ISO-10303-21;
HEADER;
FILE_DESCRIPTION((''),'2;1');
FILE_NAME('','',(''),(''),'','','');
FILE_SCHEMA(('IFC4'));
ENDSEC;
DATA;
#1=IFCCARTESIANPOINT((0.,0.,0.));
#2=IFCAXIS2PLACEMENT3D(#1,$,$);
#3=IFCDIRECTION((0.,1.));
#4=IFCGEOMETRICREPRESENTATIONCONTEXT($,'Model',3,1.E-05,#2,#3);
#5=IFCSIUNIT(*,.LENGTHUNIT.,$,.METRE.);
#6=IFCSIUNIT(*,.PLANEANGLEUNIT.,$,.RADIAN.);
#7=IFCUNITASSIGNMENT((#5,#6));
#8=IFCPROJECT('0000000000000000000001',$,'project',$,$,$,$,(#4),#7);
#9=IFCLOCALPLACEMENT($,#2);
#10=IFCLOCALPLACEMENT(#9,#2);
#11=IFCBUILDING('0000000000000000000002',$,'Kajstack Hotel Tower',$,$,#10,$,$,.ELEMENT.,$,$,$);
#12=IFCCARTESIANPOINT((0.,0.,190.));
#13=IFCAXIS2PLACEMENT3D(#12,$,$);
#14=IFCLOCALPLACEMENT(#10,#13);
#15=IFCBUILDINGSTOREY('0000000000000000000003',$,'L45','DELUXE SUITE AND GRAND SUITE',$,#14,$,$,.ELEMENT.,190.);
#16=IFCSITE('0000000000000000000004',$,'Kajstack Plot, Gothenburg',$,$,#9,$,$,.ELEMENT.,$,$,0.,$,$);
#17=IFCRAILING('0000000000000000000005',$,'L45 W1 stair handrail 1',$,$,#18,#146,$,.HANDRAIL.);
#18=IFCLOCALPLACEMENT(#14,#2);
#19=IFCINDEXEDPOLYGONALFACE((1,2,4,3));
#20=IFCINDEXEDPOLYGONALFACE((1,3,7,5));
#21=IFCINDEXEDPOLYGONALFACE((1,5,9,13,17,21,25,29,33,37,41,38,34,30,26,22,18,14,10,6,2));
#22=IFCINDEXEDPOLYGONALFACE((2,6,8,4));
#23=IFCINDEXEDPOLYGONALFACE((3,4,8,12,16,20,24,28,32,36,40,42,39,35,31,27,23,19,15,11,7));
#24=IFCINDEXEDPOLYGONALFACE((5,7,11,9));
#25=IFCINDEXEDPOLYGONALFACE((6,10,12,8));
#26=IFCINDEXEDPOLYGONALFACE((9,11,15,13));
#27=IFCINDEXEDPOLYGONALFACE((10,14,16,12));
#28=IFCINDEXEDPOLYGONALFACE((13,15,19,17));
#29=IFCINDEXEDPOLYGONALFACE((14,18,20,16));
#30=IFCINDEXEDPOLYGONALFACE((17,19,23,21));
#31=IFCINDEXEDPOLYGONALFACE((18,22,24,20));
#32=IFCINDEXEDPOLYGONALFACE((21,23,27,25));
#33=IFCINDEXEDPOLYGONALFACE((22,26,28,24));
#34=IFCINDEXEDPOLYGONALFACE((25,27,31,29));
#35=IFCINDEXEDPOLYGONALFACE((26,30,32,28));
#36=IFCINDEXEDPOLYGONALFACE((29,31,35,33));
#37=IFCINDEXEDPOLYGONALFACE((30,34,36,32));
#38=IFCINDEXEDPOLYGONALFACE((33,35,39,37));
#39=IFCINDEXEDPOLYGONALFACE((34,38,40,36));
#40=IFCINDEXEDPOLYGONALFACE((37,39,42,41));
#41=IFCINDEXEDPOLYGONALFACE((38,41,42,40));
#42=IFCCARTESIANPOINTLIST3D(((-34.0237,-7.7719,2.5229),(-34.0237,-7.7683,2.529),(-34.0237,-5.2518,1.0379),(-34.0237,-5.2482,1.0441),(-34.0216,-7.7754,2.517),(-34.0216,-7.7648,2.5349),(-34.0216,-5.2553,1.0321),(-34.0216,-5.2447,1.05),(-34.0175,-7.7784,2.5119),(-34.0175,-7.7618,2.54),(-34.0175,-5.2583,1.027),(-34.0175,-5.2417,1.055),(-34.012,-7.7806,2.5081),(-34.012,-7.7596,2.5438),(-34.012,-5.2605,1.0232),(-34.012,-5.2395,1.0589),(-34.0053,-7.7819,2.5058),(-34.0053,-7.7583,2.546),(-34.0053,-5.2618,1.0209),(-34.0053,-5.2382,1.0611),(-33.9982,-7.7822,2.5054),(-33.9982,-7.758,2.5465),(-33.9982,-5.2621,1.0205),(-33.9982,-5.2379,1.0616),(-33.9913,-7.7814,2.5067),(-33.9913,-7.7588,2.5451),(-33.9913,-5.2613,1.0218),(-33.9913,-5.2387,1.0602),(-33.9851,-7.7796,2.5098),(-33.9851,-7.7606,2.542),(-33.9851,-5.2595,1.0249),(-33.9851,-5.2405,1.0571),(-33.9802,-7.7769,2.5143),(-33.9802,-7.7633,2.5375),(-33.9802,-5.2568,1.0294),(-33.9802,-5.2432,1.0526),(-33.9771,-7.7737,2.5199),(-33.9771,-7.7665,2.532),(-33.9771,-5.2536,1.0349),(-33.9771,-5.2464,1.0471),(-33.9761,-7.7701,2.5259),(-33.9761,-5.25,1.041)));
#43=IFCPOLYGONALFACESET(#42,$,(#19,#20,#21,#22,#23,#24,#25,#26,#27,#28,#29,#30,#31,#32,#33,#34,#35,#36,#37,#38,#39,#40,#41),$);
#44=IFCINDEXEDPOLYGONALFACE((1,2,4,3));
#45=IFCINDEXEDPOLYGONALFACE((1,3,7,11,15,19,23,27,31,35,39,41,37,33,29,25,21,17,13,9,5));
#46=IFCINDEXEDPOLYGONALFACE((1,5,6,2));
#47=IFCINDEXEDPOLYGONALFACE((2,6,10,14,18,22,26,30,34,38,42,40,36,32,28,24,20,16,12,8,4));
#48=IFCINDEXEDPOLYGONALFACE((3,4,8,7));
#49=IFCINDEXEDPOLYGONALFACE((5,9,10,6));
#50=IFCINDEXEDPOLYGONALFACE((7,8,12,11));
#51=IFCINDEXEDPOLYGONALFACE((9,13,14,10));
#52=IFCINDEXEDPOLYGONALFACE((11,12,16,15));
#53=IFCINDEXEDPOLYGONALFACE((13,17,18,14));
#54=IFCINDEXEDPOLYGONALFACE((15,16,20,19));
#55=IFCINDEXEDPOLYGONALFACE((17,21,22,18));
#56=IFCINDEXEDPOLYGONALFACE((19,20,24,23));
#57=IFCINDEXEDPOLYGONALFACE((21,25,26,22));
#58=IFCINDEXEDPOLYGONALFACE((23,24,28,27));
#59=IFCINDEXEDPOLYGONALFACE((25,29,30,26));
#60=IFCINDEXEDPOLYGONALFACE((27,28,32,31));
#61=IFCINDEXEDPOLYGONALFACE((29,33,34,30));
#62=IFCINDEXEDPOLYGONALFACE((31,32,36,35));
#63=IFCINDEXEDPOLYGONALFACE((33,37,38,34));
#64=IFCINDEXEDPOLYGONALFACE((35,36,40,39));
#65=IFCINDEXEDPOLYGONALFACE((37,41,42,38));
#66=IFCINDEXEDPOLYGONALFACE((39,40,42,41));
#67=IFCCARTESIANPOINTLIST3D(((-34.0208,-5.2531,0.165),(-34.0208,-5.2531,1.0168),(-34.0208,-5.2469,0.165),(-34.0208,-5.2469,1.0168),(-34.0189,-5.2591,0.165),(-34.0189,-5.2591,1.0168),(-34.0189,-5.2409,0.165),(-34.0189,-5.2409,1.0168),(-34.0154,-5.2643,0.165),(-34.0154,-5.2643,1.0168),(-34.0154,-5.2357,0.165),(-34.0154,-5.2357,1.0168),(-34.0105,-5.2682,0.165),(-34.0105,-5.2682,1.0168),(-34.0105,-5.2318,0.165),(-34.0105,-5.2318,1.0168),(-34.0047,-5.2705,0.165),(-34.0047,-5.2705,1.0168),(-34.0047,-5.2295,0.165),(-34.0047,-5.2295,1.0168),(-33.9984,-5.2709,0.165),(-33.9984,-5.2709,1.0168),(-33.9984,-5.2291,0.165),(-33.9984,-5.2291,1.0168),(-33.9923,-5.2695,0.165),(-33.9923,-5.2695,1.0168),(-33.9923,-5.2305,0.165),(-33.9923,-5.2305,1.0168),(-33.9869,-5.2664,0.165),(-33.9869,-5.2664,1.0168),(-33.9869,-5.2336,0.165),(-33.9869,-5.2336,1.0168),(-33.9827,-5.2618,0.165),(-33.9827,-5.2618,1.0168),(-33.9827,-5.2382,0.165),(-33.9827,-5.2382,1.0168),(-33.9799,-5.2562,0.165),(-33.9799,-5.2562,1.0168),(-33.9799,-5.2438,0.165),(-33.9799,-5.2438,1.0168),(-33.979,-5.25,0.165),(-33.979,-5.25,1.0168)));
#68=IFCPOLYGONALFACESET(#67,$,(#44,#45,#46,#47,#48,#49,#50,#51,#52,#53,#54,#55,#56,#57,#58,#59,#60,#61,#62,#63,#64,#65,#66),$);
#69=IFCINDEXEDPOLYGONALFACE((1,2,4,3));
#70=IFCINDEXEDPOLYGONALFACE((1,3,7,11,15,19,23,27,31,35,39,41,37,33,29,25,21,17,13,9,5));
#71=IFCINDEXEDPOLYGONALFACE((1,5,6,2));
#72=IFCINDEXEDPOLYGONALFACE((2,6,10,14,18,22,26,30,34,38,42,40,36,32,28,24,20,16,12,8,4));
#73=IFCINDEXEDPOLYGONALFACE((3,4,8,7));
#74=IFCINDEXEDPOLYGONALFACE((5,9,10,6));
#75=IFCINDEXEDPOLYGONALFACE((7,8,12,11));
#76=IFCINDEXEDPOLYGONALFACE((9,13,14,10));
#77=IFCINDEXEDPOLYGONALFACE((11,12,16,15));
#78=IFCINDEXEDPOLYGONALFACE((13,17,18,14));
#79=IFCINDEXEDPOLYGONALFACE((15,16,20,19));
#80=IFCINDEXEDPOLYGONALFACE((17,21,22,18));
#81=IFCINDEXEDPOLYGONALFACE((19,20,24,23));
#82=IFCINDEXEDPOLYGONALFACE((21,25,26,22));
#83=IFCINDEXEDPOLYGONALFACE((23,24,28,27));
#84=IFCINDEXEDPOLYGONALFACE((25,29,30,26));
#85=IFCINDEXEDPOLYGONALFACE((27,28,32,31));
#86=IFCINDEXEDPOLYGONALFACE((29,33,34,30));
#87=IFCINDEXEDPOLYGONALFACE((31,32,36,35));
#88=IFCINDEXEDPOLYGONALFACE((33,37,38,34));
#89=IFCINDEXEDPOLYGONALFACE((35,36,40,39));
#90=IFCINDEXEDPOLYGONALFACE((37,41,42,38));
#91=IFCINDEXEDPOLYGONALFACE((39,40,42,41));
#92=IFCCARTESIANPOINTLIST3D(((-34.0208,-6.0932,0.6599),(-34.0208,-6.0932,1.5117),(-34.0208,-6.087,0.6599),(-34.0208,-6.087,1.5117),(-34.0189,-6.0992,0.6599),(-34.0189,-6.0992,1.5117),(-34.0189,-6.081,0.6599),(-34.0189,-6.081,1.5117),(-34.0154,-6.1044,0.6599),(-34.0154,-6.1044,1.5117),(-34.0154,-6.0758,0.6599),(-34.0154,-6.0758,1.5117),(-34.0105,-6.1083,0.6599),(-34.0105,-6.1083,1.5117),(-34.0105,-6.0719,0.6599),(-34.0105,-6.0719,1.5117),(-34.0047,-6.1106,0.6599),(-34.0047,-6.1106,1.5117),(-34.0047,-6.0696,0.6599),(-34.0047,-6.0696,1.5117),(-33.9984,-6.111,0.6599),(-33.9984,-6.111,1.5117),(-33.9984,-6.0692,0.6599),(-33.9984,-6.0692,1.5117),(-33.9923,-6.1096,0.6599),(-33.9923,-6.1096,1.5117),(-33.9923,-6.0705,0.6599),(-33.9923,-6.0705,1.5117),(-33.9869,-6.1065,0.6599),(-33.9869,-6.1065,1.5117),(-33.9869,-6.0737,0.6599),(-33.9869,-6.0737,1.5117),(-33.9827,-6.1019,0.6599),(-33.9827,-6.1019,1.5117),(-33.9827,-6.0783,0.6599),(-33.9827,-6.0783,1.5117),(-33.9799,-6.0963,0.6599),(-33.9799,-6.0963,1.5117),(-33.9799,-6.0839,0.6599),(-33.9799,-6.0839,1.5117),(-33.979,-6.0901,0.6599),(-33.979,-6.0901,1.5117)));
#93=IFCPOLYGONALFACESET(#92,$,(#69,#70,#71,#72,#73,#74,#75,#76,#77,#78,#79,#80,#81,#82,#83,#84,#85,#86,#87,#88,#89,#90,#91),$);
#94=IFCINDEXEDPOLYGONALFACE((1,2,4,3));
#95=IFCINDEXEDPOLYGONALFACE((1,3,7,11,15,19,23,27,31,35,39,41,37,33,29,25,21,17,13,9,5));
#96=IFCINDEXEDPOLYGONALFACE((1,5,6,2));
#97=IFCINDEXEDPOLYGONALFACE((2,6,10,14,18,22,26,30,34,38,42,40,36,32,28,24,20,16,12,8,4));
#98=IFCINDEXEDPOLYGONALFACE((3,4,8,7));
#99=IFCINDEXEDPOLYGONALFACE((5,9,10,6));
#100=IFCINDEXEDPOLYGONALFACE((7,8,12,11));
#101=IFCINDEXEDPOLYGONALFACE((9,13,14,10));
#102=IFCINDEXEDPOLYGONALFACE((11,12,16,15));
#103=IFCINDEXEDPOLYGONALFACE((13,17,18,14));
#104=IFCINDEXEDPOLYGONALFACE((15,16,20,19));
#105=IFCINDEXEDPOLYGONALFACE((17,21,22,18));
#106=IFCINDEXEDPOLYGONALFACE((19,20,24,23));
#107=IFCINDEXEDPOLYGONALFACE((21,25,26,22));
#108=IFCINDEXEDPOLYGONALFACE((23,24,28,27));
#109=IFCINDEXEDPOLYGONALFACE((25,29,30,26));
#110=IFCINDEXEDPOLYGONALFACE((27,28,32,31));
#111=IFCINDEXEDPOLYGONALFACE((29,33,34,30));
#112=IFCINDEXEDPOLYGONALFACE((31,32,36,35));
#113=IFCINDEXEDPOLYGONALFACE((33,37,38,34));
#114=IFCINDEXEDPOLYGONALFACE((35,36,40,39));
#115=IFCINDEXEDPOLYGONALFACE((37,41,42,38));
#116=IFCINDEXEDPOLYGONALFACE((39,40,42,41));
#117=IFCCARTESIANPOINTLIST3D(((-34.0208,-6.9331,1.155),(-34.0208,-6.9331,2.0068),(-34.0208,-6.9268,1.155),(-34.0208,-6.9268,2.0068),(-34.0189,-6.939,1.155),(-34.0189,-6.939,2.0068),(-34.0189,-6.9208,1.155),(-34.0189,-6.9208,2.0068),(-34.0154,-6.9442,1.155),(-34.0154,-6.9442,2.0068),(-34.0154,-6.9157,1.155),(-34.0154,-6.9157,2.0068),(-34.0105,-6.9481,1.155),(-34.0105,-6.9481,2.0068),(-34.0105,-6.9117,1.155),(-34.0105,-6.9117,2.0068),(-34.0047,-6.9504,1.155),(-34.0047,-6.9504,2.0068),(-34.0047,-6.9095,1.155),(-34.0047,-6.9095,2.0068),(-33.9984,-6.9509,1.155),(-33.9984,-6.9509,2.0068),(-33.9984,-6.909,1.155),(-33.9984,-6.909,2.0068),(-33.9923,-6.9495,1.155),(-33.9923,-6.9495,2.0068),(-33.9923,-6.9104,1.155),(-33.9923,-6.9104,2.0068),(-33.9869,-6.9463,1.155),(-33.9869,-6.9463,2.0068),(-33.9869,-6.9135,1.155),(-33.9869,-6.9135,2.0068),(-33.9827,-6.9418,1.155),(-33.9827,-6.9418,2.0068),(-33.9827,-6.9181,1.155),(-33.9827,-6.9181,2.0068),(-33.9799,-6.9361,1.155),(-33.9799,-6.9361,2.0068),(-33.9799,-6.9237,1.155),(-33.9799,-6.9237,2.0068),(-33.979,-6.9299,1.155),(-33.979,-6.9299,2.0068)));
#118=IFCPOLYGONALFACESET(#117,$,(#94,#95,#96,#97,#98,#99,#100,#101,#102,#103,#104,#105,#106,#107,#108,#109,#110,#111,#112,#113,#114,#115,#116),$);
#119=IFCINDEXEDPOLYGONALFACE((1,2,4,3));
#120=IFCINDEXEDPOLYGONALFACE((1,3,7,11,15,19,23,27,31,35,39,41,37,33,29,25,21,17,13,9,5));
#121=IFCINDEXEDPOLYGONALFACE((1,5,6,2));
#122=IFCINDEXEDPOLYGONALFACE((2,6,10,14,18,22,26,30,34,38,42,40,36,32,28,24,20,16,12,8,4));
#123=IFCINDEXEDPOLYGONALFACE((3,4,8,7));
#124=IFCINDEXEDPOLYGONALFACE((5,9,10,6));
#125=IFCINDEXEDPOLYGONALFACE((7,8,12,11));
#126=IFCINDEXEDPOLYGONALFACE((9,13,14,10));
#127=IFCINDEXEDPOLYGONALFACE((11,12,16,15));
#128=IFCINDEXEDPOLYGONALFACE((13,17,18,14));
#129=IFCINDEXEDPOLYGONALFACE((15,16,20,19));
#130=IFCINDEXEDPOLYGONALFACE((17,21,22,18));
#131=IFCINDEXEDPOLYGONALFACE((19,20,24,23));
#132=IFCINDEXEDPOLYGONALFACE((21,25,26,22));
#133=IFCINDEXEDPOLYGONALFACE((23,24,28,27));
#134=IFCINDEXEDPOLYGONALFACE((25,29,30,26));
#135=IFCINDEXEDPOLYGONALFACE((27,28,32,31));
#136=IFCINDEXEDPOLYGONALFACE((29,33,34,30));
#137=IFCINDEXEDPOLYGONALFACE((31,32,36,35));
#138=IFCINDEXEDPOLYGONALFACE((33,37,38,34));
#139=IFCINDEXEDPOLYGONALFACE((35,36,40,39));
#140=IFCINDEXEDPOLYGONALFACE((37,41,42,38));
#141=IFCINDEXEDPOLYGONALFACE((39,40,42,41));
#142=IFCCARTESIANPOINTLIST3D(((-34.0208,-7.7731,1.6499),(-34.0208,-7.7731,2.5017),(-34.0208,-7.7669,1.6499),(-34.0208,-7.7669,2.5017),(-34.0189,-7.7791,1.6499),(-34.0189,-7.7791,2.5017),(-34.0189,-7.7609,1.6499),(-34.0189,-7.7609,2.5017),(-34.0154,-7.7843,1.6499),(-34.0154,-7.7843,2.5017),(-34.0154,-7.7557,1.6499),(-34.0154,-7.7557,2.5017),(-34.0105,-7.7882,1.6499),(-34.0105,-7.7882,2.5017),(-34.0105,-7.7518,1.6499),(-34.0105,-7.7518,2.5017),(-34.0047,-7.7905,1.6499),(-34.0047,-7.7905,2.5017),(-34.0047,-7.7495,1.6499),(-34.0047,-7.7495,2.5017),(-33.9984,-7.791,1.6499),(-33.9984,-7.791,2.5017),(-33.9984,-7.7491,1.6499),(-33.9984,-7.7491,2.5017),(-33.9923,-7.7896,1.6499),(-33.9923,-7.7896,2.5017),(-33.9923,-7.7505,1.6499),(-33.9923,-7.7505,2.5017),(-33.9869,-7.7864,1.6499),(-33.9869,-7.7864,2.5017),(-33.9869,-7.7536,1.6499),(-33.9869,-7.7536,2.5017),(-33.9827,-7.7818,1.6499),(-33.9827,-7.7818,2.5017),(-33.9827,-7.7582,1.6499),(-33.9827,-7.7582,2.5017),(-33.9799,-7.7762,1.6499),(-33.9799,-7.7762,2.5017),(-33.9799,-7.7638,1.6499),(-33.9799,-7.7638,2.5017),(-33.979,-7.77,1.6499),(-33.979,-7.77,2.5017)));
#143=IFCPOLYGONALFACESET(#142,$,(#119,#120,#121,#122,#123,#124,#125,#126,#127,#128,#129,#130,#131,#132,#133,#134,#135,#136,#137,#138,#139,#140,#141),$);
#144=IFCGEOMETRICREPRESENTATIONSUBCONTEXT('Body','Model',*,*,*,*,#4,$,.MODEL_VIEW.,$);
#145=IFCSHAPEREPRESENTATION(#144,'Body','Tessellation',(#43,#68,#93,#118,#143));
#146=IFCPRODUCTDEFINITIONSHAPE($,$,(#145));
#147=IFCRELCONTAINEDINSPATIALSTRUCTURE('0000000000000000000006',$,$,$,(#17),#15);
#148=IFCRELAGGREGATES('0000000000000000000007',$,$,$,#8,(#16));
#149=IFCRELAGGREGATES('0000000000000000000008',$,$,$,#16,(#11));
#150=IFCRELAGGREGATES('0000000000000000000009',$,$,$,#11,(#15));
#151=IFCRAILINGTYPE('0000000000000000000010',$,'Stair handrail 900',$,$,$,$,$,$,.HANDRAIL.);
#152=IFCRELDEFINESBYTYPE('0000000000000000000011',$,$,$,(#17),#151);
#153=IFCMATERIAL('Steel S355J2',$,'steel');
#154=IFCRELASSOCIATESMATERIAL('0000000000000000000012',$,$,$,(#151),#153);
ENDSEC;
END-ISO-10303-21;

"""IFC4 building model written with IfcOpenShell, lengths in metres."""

from ifc_helpers import new_model, si_unit, direction, frame, origin, origin_2d, place, context, subcontext, project, spatial, circle, extrude, material, type_object, element, save


model = new_model("IFC4")

# Units and contexts
model_context = context("Model", 3, precision=1e-05, world=origin(), true_north=direction((0.0, 1.0)))
body_context = subcontext(model_context, "Body", "Model", "MODEL_VIEW")
ifc_project = project(units=[si_unit("LENGTHUNIT", "METRE"), si_unit("PLANEANGLEUNIT", "RADIAN")], contexts=[model_context])

# Site, building, storey
site_placement = place(None, origin())
site = spatial("IfcSite", under=ifc_project, at=site_placement, Name="Kajstack Plot, Gothenburg", CompositionType="ELEMENT", RefElevation=0.0)
building_placement = place(site_placement, origin())
building = spatial("IfcBuilding", under=site, at=building_placement, Name="Kajstack Hotel Tower", CompositionType="ELEMENT")
storey_placement = place(building_placement, frame((0.0, 0.0, 190.0)))
storey = spatial("IfcBuildingStorey", under=building, at=storey_placement, Name="L45", Description="DELUXE SUITE AND GRAND SUITE", CompositionType="ELEMENT", Elevation=190.0)

# Railing
ifc_material_1 = material(Name="Steel S355J2", Category="steel")
railing_type_1 = type_object("IfcRailingType", Name="Stair handrail 900", PredefinedType="HANDRAIL", material=ifc_material_1)
railing_1_placement = place(storey_placement, frame((-34.0, -5.25, 0.165)))
element("IfcRailing", 1, at=railing_1_placement, inside=storey, type_object=railing_type_1, Name="L45 W1 stair handrail 1", PredefinedType="HANDRAIL", context=body_context, shape_type="SweptSolid", body=[
    extrude(circle(Radius=0.0239, at=origin_2d()), frame((0.0, 0.0, 0.876), z_axis=(0.0, -0.861561, 0.507655), x_axis=(1.0, 0.0, 0.0)), (0.0, 0.0, 1.0), 2.925),
    extrude(circle(Radius=0.021, at=origin_2d()), origin(), (0.0, 0.0, 1.0), 0.8518),
    extrude(circle(Radius=0.021, at=origin_2d()), frame((0.0, -0.8401, 0.4949)), (0.0, 0.0, 1.0), 0.8518),
    extrude(circle(Radius=0.021, at=origin_2d()), frame((0.0, -1.6799, 0.99)), (0.0, 0.0, 1.0), 0.8518),
    extrude(circle(Radius=0.021, at=origin_2d()), frame((0.0, -2.52, 1.4849)), (0.0, 0.0, 1.0), 0.8518),
])

save(model, "model.ifc")
